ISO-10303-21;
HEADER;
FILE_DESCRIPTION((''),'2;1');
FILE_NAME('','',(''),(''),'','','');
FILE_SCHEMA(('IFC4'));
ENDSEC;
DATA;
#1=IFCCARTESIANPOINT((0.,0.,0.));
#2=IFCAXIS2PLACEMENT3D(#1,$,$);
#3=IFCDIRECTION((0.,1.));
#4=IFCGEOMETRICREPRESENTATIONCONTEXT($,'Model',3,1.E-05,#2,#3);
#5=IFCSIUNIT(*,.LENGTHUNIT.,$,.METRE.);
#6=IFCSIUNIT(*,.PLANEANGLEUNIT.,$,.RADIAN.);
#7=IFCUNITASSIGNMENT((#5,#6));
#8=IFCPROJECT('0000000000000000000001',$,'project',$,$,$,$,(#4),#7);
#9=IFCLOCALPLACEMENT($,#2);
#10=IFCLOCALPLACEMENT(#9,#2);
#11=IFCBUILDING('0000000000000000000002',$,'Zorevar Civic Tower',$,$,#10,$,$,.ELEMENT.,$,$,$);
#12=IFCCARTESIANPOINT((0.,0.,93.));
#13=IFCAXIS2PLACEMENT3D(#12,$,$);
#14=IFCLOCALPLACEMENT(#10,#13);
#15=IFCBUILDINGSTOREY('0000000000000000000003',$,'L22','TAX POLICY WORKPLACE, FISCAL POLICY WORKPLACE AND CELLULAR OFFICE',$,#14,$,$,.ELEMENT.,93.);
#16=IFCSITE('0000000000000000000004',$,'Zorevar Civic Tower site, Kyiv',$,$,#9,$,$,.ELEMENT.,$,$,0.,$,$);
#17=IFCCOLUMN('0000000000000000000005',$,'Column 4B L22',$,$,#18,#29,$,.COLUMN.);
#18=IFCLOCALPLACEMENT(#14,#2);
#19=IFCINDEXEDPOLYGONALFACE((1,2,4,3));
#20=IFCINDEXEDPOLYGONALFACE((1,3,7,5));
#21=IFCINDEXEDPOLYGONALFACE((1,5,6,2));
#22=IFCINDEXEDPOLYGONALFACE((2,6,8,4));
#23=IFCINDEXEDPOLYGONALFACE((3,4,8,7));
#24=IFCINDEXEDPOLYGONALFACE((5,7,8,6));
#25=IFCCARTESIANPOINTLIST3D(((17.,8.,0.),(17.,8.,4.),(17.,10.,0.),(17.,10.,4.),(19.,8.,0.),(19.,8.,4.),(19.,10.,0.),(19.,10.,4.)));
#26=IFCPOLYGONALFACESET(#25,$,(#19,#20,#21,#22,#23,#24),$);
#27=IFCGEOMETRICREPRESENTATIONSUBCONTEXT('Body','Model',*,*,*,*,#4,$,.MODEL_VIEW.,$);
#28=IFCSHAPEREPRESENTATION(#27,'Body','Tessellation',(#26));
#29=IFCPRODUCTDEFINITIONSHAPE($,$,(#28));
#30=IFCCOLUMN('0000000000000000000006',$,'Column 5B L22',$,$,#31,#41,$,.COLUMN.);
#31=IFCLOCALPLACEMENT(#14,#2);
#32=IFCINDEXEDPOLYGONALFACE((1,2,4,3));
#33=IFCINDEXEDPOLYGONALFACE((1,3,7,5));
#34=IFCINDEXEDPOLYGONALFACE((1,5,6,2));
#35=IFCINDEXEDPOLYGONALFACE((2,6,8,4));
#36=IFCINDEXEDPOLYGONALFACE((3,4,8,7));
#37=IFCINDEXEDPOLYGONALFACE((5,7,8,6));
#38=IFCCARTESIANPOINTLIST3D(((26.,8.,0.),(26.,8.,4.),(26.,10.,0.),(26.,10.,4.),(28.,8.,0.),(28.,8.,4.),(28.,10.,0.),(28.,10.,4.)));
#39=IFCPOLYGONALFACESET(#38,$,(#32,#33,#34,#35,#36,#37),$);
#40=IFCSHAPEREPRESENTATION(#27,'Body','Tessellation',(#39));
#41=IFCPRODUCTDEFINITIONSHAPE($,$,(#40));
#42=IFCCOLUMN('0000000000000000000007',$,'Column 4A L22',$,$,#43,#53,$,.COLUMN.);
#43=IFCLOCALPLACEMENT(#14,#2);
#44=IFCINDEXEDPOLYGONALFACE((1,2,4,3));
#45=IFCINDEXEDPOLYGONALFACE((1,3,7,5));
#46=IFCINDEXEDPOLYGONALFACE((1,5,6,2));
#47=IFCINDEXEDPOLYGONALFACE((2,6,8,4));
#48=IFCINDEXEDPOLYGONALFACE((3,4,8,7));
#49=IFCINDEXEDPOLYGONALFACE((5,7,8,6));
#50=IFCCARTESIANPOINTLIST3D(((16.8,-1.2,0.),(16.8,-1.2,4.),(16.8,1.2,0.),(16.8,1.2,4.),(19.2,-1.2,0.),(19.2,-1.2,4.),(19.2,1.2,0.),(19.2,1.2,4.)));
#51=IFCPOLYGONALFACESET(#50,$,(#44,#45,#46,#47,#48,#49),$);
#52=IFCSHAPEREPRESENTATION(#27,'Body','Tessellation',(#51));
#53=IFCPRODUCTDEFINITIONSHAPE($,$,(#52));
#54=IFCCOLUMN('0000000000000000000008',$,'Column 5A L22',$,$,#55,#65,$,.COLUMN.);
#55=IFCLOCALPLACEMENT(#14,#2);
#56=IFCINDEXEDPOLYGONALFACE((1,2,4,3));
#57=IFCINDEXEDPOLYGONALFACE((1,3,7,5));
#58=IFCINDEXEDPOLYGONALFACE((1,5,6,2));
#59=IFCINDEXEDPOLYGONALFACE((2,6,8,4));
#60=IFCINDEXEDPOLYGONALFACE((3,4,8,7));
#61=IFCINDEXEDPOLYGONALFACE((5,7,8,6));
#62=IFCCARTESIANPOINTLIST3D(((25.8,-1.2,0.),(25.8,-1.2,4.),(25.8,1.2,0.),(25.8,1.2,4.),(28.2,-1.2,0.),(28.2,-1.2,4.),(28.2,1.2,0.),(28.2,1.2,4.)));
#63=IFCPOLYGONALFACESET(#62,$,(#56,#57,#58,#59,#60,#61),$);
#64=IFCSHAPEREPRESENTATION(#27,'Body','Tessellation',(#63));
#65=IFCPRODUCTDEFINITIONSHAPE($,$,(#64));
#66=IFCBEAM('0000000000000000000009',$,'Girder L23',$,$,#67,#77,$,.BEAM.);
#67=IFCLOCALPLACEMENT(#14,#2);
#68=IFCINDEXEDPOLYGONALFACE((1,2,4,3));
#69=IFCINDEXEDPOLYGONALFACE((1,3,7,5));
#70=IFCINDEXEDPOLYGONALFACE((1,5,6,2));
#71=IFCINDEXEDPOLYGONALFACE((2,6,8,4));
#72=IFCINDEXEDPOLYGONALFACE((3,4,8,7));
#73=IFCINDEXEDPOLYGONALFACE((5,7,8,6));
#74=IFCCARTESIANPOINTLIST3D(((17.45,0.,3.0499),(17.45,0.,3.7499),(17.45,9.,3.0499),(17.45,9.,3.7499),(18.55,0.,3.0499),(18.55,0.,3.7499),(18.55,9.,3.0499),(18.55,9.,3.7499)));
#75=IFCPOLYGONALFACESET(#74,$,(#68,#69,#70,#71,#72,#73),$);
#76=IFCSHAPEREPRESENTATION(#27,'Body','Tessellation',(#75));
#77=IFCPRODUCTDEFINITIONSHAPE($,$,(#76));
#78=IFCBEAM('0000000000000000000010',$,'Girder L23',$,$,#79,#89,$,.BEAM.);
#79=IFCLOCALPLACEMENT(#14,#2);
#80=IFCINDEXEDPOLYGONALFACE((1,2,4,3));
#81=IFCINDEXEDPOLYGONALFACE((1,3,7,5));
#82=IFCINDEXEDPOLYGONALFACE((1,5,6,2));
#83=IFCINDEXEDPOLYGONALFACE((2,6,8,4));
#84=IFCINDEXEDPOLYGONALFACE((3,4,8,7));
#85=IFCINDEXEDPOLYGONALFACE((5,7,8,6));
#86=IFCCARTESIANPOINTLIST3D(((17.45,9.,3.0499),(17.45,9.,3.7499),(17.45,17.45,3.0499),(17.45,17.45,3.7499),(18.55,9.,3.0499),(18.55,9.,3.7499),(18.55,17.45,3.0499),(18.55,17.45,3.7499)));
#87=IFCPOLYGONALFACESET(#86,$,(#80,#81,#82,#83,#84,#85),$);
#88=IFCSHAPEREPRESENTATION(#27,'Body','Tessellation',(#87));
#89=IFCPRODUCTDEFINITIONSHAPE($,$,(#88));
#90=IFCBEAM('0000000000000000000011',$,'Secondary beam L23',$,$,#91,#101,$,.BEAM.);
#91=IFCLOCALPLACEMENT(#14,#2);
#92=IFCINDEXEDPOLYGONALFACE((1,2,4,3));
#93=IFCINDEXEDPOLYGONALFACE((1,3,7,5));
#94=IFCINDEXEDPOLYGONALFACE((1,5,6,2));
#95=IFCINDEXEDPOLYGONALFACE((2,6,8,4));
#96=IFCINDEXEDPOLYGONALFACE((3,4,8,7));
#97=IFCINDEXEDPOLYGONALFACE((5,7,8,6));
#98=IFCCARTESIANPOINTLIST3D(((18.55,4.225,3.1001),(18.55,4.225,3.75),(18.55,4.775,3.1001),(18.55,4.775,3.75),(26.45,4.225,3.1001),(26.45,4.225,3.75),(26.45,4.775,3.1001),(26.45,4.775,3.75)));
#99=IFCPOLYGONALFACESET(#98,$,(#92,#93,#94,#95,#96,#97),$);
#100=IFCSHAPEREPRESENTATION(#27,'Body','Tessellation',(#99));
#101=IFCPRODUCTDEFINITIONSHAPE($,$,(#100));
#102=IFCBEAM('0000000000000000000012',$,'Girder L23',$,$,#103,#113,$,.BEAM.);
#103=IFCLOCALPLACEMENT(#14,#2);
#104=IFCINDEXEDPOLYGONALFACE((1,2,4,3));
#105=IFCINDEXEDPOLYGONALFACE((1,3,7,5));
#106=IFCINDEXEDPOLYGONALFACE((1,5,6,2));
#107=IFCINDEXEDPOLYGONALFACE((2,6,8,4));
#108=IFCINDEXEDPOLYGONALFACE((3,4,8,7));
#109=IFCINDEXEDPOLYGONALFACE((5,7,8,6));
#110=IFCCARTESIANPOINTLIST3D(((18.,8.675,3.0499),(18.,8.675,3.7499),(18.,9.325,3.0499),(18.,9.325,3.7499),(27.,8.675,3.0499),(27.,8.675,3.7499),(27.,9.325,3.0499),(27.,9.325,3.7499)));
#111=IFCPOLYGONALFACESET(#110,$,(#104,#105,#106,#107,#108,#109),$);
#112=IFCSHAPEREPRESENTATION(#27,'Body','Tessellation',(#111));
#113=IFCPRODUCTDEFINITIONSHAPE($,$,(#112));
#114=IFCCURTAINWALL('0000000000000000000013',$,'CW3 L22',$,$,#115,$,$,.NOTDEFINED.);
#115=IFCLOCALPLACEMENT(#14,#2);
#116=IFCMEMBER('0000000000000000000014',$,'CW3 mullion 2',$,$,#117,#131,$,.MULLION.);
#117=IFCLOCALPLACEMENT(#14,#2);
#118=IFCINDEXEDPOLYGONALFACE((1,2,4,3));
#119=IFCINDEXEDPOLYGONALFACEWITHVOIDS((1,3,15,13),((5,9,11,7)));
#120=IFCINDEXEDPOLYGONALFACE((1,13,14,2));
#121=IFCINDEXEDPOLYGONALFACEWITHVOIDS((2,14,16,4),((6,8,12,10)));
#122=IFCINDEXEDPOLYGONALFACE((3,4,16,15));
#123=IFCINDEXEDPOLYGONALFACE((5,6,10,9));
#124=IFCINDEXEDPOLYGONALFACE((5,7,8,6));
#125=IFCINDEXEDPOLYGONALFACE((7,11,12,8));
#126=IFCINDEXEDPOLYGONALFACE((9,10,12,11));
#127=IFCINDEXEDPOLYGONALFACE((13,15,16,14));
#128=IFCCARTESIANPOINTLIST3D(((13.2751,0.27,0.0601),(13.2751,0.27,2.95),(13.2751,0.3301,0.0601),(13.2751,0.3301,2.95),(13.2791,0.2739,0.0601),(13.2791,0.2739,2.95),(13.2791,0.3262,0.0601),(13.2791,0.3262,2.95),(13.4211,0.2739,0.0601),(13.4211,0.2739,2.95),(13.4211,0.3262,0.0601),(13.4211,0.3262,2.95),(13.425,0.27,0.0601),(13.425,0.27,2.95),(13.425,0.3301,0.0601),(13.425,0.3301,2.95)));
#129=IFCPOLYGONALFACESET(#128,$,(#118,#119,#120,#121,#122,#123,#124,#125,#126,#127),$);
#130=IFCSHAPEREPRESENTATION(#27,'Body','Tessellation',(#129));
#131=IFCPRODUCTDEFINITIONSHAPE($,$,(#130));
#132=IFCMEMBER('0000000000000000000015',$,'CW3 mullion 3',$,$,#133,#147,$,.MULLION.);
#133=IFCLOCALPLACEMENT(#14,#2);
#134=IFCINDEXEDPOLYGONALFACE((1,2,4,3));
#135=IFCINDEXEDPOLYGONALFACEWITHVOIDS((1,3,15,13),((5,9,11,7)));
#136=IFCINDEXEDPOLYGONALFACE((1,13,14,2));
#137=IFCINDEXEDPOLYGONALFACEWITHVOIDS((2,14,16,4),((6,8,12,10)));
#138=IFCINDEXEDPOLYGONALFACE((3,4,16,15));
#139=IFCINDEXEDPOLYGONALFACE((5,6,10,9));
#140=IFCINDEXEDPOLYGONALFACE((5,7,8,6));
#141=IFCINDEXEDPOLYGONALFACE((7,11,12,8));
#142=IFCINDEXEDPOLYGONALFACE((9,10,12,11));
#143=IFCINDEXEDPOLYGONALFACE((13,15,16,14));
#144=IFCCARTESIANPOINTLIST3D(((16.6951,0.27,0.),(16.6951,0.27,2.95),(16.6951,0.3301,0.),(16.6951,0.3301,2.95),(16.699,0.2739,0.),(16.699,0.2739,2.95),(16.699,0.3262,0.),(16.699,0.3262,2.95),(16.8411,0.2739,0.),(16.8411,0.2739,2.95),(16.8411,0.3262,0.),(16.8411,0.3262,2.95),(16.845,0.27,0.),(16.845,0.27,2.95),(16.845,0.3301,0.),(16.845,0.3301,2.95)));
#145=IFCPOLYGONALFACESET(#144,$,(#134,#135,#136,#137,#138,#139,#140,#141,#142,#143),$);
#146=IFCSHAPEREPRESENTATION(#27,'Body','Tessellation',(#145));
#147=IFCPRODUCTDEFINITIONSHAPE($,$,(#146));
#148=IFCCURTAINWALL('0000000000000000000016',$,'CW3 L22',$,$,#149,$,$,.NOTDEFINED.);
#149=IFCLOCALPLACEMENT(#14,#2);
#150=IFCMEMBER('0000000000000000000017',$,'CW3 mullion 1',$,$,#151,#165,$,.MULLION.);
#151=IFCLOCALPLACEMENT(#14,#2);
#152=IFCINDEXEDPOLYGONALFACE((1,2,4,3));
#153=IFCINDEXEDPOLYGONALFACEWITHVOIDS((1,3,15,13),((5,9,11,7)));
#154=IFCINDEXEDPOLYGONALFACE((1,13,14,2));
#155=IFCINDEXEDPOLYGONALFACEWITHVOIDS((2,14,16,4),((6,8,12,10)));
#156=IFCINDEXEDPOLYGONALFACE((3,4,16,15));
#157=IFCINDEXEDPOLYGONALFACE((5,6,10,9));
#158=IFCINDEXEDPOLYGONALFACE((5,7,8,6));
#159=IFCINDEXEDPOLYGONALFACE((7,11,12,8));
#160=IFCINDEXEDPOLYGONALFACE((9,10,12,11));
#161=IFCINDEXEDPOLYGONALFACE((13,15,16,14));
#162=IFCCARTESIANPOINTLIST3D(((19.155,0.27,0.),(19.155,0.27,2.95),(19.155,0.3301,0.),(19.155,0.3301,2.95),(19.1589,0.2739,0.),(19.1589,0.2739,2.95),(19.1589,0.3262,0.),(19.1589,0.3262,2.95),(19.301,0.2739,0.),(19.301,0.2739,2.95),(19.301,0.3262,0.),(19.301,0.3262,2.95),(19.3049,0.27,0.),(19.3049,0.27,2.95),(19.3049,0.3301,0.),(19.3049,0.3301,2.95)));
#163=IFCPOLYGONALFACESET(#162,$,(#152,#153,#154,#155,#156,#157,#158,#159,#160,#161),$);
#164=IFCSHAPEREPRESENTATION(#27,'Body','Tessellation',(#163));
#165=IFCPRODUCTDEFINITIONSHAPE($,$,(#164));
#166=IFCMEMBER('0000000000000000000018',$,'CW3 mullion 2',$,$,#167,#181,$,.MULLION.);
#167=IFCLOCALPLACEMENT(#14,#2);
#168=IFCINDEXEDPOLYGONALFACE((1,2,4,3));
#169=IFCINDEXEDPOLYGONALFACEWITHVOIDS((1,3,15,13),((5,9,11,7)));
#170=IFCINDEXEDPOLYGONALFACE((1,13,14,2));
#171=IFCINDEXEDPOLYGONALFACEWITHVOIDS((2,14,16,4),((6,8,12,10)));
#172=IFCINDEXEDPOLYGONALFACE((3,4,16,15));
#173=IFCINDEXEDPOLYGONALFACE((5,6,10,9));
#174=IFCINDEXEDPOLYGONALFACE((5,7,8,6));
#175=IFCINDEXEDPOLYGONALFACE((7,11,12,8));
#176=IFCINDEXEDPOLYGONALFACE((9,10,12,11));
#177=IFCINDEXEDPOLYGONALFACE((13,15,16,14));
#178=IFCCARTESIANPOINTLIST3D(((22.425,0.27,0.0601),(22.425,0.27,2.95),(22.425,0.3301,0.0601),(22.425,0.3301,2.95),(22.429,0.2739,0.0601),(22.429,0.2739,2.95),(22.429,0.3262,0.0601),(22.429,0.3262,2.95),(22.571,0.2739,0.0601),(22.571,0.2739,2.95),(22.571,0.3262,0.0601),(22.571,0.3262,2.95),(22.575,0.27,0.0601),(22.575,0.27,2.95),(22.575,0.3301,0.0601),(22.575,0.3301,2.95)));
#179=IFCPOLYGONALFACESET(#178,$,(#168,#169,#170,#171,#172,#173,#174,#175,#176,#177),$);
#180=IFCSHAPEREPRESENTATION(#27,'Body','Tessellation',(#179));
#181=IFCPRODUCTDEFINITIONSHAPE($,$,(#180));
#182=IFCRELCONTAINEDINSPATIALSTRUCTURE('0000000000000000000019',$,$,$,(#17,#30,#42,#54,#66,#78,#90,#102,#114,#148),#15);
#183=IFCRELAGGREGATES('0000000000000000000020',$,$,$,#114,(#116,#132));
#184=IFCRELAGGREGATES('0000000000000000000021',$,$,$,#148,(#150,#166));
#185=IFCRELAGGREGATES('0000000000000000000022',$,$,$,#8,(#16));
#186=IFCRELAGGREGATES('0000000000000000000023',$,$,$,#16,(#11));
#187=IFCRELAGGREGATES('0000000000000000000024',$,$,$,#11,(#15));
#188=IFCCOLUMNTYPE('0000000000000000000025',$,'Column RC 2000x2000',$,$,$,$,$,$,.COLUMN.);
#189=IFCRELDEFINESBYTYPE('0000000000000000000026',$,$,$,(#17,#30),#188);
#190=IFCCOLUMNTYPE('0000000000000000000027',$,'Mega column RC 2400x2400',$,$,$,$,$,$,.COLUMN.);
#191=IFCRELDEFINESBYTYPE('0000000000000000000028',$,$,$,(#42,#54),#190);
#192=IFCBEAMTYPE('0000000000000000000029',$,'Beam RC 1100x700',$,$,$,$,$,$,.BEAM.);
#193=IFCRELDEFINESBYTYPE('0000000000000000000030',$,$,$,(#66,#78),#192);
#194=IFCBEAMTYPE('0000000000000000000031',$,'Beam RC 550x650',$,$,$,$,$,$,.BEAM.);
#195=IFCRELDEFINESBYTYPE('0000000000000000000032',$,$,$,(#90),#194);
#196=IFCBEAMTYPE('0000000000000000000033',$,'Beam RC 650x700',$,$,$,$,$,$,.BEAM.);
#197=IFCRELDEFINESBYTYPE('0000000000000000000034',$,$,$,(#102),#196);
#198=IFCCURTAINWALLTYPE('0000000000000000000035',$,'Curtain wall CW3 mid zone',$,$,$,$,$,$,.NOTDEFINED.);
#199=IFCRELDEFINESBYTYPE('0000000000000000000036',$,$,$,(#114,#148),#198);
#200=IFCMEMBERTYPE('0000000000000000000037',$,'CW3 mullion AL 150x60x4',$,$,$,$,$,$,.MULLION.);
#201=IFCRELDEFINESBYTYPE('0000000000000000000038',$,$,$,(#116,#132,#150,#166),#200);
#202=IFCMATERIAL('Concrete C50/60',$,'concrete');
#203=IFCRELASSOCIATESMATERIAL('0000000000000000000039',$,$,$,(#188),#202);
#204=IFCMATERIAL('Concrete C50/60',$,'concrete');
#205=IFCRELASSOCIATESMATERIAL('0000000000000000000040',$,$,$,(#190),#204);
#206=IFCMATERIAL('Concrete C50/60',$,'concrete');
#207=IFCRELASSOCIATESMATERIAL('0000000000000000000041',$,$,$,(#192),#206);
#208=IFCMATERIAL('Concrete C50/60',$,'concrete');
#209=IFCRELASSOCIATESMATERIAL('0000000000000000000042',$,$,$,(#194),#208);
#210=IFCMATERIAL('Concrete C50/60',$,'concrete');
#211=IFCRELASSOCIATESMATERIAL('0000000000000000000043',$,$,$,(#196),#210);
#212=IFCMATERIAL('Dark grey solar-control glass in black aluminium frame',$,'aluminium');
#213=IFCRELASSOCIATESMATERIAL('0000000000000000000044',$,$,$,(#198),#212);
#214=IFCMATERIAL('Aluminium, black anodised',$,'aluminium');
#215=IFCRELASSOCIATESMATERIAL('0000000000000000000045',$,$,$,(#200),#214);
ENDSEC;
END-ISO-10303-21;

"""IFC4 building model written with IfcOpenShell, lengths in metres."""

from ifc_helpers import new_model, si_unit, direction, frame, origin, origin_2d, place, context, subcontext, project, spatial, rectangle, hollow_rectangle, extrude, material, material_profile, profile_set, type_object, element, aggregate, save


model = new_model("IFC4")

# Units and contexts
model_context = context("Model", 3, precision=1e-05, world=origin(), true_north=direction((0.0, 1.0)))
body_context = subcontext(model_context, "Body", "Model", "MODEL_VIEW")
ifc_project = project(units=[si_unit("LENGTHUNIT", "METRE"), si_unit("PLANEANGLEUNIT", "RADIAN")], contexts=[model_context])

# Site, building, storey
site_placement = place(None, origin())
site = spatial("IfcSite", under=ifc_project, at=site_placement, Name="Zorevar Civic Tower site, Kyiv", CompositionType="ELEMENT", RefElevation=0.0)
building_placement = place(site_placement, origin())
building = spatial("IfcBuilding", under=site, at=building_placement, Name="Zorevar Civic Tower", CompositionType="ELEMENT")
storey_placement = place(building_placement, frame((0.0, 0.0, 93.0)))
storey = spatial("IfcBuildingStorey", under=building, at=storey_placement, Name="L22", Description="TAX POLICY WORKPLACE, FISCAL POLICY WORKPLACE AND CELLULAR OFFICE", CompositionType="ELEMENT", Elevation=93.0)

# Columns
ifc_material_1 = material(Name="Concrete C50/60", Category="concrete")
ifc_material_profile_1 = material_profile(ifc_material_1, rectangle(XDim=2.0, YDim=2.0, at=origin_2d()), Name="RC 2000x2000")
ifc_profile_set_1 = profile_set([ifc_material_profile_1], Name="Concrete C50/60")
column_type_1 = type_object("IfcColumnType", Name="Column RC 2000x2000", PredefinedType="COLUMN", material=ifc_profile_set_1)
for number, where, z_axis, x_axis, name in (
    (1, (18.0, 9.0, 0.0), (0.0, 0.0, 1.0), (1.0, 0.0, 0.0), "Column 4B L22"),
    (2, (27.0, 9.0, 0.0), (0.0, 0.0, 1.0), (1.0, 0.0, 0.0), "Column 5B L22"),
):
    element("IfcColumn", number, at=place(storey_placement, frame(where, z_axis=z_axis, x_axis=x_axis)), inside=storey, type_object=column_type_1, Name=name, PredefinedType="COLUMN", context=body_context, shape_type="SweptSolid", body=[
        extrude(rectangle(XDim=2.0, YDim=2.0, at=origin_2d()), origin(), (0.0, 0.0, 1.0), 4.0),
    ])
ifc_material_2 = material(Name="Concrete C50/60", Category="concrete")
ifc_material_profile_2 = material_profile(ifc_material_2, rectangle(XDim=2.3999, YDim=2.3999, at=origin_2d()), Name="RC 2400x2400")
ifc_profile_set_2 = profile_set([ifc_material_profile_2], Name="Concrete C50/60")
column_type_2 = type_object("IfcColumnType", Name="Mega column RC 2400x2400", PredefinedType="COLUMN", material=ifc_profile_set_2)
for number, where, z_axis, x_axis, name in (
    (3, (18.0, 0.0, 0.0), (0.0, 0.0, 1.0), (1.0, 0.0, 0.0), "Column 4A L22"),
    (4, (27.0, 0.0, 0.0), (0.0, 0.0, 1.0), (1.0, 0.0, 0.0), "Column 5A L22"),
):
    element("IfcColumn", number, at=place(storey_placement, frame(where, z_axis=z_axis, x_axis=x_axis)), inside=storey, type_object=column_type_2, Name=name, PredefinedType="COLUMN", context=body_context, shape_type="SweptSolid", body=[
        extrude(rectangle(XDim=2.3999, YDim=2.3999, at=origin_2d()), origin(), (0.0, 0.0, 1.0), 4.0),
    ])

# Beams
ifc_material_3 = material(Name="Concrete C50/60", Category="concrete")
ifc_material_profile_3 = material_profile(ifc_material_3, rectangle(XDim=1.1001, YDim=0.7, at=origin_2d()), Name="RC 1100x700")
ifc_profile_set_3 = profile_set([ifc_material_profile_3], Name="Concrete C50/60")
beam_type_1 = type_object("IfcBeamType", Name="Beam RC 1100x700", PredefinedType="BEAM", material=ifc_profile_set_3)
beam_1_placement = place(storey_placement, frame((18.0, 0.0, 3.3999), z_axis=(0.0, 1.0, 0.0), x_axis=(-1.0, 0.0, 0.0)))
element("IfcBeam", 5, at=beam_1_placement, inside=storey, type_object=beam_type_1, Name="Girder L23", PredefinedType="BEAM", context=body_context, shape_type="SweptSolid", body=[
    extrude(rectangle(XDim=1.1001, YDim=0.7, at=origin_2d()), origin(), (0.0, 0.0, 1.0), 9.0),
])
beam_2_placement = place(storey_placement, frame((18.0, 9.0, 3.3999), z_axis=(0.0, 1.0, 0.0), x_axis=(-1.0, 0.0, 0.0)))
element("IfcBeam", 6, at=beam_2_placement, inside=storey, type_object=beam_type_1, Name="Girder L23", PredefinedType="BEAM", context=body_context, shape_type="SweptSolid", body=[
    extrude(rectangle(XDim=1.1001, YDim=0.7, at=origin_2d()), origin(), (0.0, 0.0, 1.0), 8.45),
])
ifc_material_4 = material(Name="Concrete C50/60", Category="concrete")
ifc_material_profile_4 = material_profile(ifc_material_4, rectangle(XDim=0.55, YDim=0.6499, at=origin_2d()), Name="RC 550x650")
ifc_profile_set_4 = profile_set([ifc_material_profile_4], Name="Concrete C50/60")
beam_type_2 = type_object("IfcBeamType", Name="Beam RC 550x650", PredefinedType="BEAM", material=ifc_profile_set_4)
beam_3_placement = place(storey_placement, frame((18.55, 4.5, 3.425), z_axis=(1.0, 0.0, 0.0), x_axis=(0.0, 1.0, 0.0)))
element("IfcBeam", 7, at=beam_3_placement, inside=storey, type_object=beam_type_2, Name="Secondary beam L23", PredefinedType="BEAM", context=body_context, shape_type="SweptSolid", body=[
    extrude(rectangle(XDim=0.55, YDim=0.6499, at=origin_2d()), origin(), (0.0, 0.0, 1.0), 7.8999),
])
ifc_material_5 = material(Name="Concrete C50/60", Category="concrete")
ifc_material_profile_5 = material_profile(ifc_material_5, rectangle(XDim=0.6499, YDim=0.7, at=origin_2d()), Name="RC 650x700")
ifc_profile_set_5 = profile_set([ifc_material_profile_5], Name="Concrete C50/60")
beam_type_3 = type_object("IfcBeamType", Name="Beam RC 650x700", PredefinedType="BEAM", material=ifc_profile_set_5)
beam_4_placement = place(storey_placement, frame((18.0, 9.0, 3.3999), z_axis=(1.0, 0.0, 0.0), x_axis=(0.0, 1.0, 0.0)))
element("IfcBeam", 8, at=beam_4_placement, inside=storey, type_object=beam_type_3, Name="Girder L23", PredefinedType="BEAM", context=body_context, shape_type="SweptSolid", body=[
    extrude(rectangle(XDim=0.6499, YDim=0.7, at=origin_2d()), origin(), (0.0, 0.0, 1.0), 9.0),
])

# Curtain walls, members
ifc_material_6 = material(Name="Dark grey solar-control glass in black aluminium frame", Category="aluminium")
curtain_wall_type = type_object("IfcCurtainWallType", Name="Curtain wall CW3 mid zone", PredefinedType="NOTDEFINED", material=ifc_material_6)
curtain_wall_1_placement = place(storey_placement, origin())
curtain_wall_1 = element("IfcCurtainWall", 9, at=curtain_wall_1_placement, inside=storey, type_object=curtain_wall_type, Name="CW3 L22", PredefinedType="NOTDEFINED")
ifc_material_7 = material(Name="Aluminium, black anodised", Category="aluminium")
ifc_material_profile_6 = material_profile(ifc_material_7, hollow_rectangle(XDim=0.0601, YDim=0.1499, WallThickness=0.0039, at=origin_2d()), Name="AL 150x60x4")
ifc_profile_set_6 = profile_set([ifc_material_profile_6], Name="Aluminium, black anodised")
member_type_1 = type_object("IfcMemberType", Name="CW3 mullion AL 150x60x4", PredefinedType="MULLION", material=ifc_profile_set_6)
member_1_placement = place(storey_placement, frame((13.3501, 0.3, 0.0601), z_axis=(0.0, 0.0, 1.0), x_axis=(0.0, 1.0, 0.0)))
member_1 = element("IfcMember", 10, at=member_1_placement, type_object=member_type_1, Name="CW3 mullion 2", PredefinedType="MULLION", context=body_context, shape_type="SweptSolid", body=[
    extrude(hollow_rectangle(XDim=0.0601, YDim=0.1499, WallThickness=0.0039, at=origin_2d()), origin(), (0.0, 0.0, 1.0), 2.8899),
])
member_2_placement = place(storey_placement, frame((16.77, 0.3, 0.0), z_axis=(0.0, 0.0, 1.0), x_axis=(0.0, 1.0, 0.0)))
member_2 = element("IfcMember", 11, at=member_2_placement, type_object=member_type_1, Name="CW3 mullion 3", PredefinedType="MULLION", context=body_context, shape_type="SweptSolid", body=[
    extrude(hollow_rectangle(XDim=0.0601, YDim=0.1499, WallThickness=0.0039, at=origin_2d()), origin(), (0.0, 0.0, 1.0), 2.95),
])
curtain_wall_2_placement = place(storey_placement, origin())
curtain_wall_2 = element("IfcCurtainWall", 12, at=curtain_wall_2_placement, inside=storey, type_object=curtain_wall_type, Name="CW3 L22", PredefinedType="NOTDEFINED")
member_3_placement = place(storey_placement, frame((19.23, 0.3, 0.0), z_axis=(0.0, 0.0, 1.0), x_axis=(0.0, 1.0, 0.0)))
member_3 = element("IfcMember", 13, at=member_3_placement, type_object=member_type_1, Name="CW3 mullion 1", PredefinedType="MULLION", context=body_context, shape_type="SweptSolid", body=[
    extrude(hollow_rectangle(XDim=0.0601, YDim=0.1499, WallThickness=0.0039, at=origin_2d()), origin(), (0.0, 0.0, 1.0), 2.95),
])
member_4_placement = place(storey_placement, frame((22.5, 0.3, 0.0601), z_axis=(0.0, 0.0, 1.0), x_axis=(0.0, 1.0, 0.0)))
member_4 = element("IfcMember", 14, at=member_4_placement, type_object=member_type_1, Name="CW3 mullion 2", PredefinedType="MULLION", context=body_context, shape_type="SweptSolid", body=[
    extrude(hollow_rectangle(XDim=0.0601, YDim=0.1499, WallThickness=0.0039, at=origin_2d()), origin(), (0.0, 0.0, 1.0), 2.8899),
])

aggregate(curtain_wall_1, [member_1, member_2])
aggregate(curtain_wall_2, [member_3, member_4])

save(model, "model.ifc")
